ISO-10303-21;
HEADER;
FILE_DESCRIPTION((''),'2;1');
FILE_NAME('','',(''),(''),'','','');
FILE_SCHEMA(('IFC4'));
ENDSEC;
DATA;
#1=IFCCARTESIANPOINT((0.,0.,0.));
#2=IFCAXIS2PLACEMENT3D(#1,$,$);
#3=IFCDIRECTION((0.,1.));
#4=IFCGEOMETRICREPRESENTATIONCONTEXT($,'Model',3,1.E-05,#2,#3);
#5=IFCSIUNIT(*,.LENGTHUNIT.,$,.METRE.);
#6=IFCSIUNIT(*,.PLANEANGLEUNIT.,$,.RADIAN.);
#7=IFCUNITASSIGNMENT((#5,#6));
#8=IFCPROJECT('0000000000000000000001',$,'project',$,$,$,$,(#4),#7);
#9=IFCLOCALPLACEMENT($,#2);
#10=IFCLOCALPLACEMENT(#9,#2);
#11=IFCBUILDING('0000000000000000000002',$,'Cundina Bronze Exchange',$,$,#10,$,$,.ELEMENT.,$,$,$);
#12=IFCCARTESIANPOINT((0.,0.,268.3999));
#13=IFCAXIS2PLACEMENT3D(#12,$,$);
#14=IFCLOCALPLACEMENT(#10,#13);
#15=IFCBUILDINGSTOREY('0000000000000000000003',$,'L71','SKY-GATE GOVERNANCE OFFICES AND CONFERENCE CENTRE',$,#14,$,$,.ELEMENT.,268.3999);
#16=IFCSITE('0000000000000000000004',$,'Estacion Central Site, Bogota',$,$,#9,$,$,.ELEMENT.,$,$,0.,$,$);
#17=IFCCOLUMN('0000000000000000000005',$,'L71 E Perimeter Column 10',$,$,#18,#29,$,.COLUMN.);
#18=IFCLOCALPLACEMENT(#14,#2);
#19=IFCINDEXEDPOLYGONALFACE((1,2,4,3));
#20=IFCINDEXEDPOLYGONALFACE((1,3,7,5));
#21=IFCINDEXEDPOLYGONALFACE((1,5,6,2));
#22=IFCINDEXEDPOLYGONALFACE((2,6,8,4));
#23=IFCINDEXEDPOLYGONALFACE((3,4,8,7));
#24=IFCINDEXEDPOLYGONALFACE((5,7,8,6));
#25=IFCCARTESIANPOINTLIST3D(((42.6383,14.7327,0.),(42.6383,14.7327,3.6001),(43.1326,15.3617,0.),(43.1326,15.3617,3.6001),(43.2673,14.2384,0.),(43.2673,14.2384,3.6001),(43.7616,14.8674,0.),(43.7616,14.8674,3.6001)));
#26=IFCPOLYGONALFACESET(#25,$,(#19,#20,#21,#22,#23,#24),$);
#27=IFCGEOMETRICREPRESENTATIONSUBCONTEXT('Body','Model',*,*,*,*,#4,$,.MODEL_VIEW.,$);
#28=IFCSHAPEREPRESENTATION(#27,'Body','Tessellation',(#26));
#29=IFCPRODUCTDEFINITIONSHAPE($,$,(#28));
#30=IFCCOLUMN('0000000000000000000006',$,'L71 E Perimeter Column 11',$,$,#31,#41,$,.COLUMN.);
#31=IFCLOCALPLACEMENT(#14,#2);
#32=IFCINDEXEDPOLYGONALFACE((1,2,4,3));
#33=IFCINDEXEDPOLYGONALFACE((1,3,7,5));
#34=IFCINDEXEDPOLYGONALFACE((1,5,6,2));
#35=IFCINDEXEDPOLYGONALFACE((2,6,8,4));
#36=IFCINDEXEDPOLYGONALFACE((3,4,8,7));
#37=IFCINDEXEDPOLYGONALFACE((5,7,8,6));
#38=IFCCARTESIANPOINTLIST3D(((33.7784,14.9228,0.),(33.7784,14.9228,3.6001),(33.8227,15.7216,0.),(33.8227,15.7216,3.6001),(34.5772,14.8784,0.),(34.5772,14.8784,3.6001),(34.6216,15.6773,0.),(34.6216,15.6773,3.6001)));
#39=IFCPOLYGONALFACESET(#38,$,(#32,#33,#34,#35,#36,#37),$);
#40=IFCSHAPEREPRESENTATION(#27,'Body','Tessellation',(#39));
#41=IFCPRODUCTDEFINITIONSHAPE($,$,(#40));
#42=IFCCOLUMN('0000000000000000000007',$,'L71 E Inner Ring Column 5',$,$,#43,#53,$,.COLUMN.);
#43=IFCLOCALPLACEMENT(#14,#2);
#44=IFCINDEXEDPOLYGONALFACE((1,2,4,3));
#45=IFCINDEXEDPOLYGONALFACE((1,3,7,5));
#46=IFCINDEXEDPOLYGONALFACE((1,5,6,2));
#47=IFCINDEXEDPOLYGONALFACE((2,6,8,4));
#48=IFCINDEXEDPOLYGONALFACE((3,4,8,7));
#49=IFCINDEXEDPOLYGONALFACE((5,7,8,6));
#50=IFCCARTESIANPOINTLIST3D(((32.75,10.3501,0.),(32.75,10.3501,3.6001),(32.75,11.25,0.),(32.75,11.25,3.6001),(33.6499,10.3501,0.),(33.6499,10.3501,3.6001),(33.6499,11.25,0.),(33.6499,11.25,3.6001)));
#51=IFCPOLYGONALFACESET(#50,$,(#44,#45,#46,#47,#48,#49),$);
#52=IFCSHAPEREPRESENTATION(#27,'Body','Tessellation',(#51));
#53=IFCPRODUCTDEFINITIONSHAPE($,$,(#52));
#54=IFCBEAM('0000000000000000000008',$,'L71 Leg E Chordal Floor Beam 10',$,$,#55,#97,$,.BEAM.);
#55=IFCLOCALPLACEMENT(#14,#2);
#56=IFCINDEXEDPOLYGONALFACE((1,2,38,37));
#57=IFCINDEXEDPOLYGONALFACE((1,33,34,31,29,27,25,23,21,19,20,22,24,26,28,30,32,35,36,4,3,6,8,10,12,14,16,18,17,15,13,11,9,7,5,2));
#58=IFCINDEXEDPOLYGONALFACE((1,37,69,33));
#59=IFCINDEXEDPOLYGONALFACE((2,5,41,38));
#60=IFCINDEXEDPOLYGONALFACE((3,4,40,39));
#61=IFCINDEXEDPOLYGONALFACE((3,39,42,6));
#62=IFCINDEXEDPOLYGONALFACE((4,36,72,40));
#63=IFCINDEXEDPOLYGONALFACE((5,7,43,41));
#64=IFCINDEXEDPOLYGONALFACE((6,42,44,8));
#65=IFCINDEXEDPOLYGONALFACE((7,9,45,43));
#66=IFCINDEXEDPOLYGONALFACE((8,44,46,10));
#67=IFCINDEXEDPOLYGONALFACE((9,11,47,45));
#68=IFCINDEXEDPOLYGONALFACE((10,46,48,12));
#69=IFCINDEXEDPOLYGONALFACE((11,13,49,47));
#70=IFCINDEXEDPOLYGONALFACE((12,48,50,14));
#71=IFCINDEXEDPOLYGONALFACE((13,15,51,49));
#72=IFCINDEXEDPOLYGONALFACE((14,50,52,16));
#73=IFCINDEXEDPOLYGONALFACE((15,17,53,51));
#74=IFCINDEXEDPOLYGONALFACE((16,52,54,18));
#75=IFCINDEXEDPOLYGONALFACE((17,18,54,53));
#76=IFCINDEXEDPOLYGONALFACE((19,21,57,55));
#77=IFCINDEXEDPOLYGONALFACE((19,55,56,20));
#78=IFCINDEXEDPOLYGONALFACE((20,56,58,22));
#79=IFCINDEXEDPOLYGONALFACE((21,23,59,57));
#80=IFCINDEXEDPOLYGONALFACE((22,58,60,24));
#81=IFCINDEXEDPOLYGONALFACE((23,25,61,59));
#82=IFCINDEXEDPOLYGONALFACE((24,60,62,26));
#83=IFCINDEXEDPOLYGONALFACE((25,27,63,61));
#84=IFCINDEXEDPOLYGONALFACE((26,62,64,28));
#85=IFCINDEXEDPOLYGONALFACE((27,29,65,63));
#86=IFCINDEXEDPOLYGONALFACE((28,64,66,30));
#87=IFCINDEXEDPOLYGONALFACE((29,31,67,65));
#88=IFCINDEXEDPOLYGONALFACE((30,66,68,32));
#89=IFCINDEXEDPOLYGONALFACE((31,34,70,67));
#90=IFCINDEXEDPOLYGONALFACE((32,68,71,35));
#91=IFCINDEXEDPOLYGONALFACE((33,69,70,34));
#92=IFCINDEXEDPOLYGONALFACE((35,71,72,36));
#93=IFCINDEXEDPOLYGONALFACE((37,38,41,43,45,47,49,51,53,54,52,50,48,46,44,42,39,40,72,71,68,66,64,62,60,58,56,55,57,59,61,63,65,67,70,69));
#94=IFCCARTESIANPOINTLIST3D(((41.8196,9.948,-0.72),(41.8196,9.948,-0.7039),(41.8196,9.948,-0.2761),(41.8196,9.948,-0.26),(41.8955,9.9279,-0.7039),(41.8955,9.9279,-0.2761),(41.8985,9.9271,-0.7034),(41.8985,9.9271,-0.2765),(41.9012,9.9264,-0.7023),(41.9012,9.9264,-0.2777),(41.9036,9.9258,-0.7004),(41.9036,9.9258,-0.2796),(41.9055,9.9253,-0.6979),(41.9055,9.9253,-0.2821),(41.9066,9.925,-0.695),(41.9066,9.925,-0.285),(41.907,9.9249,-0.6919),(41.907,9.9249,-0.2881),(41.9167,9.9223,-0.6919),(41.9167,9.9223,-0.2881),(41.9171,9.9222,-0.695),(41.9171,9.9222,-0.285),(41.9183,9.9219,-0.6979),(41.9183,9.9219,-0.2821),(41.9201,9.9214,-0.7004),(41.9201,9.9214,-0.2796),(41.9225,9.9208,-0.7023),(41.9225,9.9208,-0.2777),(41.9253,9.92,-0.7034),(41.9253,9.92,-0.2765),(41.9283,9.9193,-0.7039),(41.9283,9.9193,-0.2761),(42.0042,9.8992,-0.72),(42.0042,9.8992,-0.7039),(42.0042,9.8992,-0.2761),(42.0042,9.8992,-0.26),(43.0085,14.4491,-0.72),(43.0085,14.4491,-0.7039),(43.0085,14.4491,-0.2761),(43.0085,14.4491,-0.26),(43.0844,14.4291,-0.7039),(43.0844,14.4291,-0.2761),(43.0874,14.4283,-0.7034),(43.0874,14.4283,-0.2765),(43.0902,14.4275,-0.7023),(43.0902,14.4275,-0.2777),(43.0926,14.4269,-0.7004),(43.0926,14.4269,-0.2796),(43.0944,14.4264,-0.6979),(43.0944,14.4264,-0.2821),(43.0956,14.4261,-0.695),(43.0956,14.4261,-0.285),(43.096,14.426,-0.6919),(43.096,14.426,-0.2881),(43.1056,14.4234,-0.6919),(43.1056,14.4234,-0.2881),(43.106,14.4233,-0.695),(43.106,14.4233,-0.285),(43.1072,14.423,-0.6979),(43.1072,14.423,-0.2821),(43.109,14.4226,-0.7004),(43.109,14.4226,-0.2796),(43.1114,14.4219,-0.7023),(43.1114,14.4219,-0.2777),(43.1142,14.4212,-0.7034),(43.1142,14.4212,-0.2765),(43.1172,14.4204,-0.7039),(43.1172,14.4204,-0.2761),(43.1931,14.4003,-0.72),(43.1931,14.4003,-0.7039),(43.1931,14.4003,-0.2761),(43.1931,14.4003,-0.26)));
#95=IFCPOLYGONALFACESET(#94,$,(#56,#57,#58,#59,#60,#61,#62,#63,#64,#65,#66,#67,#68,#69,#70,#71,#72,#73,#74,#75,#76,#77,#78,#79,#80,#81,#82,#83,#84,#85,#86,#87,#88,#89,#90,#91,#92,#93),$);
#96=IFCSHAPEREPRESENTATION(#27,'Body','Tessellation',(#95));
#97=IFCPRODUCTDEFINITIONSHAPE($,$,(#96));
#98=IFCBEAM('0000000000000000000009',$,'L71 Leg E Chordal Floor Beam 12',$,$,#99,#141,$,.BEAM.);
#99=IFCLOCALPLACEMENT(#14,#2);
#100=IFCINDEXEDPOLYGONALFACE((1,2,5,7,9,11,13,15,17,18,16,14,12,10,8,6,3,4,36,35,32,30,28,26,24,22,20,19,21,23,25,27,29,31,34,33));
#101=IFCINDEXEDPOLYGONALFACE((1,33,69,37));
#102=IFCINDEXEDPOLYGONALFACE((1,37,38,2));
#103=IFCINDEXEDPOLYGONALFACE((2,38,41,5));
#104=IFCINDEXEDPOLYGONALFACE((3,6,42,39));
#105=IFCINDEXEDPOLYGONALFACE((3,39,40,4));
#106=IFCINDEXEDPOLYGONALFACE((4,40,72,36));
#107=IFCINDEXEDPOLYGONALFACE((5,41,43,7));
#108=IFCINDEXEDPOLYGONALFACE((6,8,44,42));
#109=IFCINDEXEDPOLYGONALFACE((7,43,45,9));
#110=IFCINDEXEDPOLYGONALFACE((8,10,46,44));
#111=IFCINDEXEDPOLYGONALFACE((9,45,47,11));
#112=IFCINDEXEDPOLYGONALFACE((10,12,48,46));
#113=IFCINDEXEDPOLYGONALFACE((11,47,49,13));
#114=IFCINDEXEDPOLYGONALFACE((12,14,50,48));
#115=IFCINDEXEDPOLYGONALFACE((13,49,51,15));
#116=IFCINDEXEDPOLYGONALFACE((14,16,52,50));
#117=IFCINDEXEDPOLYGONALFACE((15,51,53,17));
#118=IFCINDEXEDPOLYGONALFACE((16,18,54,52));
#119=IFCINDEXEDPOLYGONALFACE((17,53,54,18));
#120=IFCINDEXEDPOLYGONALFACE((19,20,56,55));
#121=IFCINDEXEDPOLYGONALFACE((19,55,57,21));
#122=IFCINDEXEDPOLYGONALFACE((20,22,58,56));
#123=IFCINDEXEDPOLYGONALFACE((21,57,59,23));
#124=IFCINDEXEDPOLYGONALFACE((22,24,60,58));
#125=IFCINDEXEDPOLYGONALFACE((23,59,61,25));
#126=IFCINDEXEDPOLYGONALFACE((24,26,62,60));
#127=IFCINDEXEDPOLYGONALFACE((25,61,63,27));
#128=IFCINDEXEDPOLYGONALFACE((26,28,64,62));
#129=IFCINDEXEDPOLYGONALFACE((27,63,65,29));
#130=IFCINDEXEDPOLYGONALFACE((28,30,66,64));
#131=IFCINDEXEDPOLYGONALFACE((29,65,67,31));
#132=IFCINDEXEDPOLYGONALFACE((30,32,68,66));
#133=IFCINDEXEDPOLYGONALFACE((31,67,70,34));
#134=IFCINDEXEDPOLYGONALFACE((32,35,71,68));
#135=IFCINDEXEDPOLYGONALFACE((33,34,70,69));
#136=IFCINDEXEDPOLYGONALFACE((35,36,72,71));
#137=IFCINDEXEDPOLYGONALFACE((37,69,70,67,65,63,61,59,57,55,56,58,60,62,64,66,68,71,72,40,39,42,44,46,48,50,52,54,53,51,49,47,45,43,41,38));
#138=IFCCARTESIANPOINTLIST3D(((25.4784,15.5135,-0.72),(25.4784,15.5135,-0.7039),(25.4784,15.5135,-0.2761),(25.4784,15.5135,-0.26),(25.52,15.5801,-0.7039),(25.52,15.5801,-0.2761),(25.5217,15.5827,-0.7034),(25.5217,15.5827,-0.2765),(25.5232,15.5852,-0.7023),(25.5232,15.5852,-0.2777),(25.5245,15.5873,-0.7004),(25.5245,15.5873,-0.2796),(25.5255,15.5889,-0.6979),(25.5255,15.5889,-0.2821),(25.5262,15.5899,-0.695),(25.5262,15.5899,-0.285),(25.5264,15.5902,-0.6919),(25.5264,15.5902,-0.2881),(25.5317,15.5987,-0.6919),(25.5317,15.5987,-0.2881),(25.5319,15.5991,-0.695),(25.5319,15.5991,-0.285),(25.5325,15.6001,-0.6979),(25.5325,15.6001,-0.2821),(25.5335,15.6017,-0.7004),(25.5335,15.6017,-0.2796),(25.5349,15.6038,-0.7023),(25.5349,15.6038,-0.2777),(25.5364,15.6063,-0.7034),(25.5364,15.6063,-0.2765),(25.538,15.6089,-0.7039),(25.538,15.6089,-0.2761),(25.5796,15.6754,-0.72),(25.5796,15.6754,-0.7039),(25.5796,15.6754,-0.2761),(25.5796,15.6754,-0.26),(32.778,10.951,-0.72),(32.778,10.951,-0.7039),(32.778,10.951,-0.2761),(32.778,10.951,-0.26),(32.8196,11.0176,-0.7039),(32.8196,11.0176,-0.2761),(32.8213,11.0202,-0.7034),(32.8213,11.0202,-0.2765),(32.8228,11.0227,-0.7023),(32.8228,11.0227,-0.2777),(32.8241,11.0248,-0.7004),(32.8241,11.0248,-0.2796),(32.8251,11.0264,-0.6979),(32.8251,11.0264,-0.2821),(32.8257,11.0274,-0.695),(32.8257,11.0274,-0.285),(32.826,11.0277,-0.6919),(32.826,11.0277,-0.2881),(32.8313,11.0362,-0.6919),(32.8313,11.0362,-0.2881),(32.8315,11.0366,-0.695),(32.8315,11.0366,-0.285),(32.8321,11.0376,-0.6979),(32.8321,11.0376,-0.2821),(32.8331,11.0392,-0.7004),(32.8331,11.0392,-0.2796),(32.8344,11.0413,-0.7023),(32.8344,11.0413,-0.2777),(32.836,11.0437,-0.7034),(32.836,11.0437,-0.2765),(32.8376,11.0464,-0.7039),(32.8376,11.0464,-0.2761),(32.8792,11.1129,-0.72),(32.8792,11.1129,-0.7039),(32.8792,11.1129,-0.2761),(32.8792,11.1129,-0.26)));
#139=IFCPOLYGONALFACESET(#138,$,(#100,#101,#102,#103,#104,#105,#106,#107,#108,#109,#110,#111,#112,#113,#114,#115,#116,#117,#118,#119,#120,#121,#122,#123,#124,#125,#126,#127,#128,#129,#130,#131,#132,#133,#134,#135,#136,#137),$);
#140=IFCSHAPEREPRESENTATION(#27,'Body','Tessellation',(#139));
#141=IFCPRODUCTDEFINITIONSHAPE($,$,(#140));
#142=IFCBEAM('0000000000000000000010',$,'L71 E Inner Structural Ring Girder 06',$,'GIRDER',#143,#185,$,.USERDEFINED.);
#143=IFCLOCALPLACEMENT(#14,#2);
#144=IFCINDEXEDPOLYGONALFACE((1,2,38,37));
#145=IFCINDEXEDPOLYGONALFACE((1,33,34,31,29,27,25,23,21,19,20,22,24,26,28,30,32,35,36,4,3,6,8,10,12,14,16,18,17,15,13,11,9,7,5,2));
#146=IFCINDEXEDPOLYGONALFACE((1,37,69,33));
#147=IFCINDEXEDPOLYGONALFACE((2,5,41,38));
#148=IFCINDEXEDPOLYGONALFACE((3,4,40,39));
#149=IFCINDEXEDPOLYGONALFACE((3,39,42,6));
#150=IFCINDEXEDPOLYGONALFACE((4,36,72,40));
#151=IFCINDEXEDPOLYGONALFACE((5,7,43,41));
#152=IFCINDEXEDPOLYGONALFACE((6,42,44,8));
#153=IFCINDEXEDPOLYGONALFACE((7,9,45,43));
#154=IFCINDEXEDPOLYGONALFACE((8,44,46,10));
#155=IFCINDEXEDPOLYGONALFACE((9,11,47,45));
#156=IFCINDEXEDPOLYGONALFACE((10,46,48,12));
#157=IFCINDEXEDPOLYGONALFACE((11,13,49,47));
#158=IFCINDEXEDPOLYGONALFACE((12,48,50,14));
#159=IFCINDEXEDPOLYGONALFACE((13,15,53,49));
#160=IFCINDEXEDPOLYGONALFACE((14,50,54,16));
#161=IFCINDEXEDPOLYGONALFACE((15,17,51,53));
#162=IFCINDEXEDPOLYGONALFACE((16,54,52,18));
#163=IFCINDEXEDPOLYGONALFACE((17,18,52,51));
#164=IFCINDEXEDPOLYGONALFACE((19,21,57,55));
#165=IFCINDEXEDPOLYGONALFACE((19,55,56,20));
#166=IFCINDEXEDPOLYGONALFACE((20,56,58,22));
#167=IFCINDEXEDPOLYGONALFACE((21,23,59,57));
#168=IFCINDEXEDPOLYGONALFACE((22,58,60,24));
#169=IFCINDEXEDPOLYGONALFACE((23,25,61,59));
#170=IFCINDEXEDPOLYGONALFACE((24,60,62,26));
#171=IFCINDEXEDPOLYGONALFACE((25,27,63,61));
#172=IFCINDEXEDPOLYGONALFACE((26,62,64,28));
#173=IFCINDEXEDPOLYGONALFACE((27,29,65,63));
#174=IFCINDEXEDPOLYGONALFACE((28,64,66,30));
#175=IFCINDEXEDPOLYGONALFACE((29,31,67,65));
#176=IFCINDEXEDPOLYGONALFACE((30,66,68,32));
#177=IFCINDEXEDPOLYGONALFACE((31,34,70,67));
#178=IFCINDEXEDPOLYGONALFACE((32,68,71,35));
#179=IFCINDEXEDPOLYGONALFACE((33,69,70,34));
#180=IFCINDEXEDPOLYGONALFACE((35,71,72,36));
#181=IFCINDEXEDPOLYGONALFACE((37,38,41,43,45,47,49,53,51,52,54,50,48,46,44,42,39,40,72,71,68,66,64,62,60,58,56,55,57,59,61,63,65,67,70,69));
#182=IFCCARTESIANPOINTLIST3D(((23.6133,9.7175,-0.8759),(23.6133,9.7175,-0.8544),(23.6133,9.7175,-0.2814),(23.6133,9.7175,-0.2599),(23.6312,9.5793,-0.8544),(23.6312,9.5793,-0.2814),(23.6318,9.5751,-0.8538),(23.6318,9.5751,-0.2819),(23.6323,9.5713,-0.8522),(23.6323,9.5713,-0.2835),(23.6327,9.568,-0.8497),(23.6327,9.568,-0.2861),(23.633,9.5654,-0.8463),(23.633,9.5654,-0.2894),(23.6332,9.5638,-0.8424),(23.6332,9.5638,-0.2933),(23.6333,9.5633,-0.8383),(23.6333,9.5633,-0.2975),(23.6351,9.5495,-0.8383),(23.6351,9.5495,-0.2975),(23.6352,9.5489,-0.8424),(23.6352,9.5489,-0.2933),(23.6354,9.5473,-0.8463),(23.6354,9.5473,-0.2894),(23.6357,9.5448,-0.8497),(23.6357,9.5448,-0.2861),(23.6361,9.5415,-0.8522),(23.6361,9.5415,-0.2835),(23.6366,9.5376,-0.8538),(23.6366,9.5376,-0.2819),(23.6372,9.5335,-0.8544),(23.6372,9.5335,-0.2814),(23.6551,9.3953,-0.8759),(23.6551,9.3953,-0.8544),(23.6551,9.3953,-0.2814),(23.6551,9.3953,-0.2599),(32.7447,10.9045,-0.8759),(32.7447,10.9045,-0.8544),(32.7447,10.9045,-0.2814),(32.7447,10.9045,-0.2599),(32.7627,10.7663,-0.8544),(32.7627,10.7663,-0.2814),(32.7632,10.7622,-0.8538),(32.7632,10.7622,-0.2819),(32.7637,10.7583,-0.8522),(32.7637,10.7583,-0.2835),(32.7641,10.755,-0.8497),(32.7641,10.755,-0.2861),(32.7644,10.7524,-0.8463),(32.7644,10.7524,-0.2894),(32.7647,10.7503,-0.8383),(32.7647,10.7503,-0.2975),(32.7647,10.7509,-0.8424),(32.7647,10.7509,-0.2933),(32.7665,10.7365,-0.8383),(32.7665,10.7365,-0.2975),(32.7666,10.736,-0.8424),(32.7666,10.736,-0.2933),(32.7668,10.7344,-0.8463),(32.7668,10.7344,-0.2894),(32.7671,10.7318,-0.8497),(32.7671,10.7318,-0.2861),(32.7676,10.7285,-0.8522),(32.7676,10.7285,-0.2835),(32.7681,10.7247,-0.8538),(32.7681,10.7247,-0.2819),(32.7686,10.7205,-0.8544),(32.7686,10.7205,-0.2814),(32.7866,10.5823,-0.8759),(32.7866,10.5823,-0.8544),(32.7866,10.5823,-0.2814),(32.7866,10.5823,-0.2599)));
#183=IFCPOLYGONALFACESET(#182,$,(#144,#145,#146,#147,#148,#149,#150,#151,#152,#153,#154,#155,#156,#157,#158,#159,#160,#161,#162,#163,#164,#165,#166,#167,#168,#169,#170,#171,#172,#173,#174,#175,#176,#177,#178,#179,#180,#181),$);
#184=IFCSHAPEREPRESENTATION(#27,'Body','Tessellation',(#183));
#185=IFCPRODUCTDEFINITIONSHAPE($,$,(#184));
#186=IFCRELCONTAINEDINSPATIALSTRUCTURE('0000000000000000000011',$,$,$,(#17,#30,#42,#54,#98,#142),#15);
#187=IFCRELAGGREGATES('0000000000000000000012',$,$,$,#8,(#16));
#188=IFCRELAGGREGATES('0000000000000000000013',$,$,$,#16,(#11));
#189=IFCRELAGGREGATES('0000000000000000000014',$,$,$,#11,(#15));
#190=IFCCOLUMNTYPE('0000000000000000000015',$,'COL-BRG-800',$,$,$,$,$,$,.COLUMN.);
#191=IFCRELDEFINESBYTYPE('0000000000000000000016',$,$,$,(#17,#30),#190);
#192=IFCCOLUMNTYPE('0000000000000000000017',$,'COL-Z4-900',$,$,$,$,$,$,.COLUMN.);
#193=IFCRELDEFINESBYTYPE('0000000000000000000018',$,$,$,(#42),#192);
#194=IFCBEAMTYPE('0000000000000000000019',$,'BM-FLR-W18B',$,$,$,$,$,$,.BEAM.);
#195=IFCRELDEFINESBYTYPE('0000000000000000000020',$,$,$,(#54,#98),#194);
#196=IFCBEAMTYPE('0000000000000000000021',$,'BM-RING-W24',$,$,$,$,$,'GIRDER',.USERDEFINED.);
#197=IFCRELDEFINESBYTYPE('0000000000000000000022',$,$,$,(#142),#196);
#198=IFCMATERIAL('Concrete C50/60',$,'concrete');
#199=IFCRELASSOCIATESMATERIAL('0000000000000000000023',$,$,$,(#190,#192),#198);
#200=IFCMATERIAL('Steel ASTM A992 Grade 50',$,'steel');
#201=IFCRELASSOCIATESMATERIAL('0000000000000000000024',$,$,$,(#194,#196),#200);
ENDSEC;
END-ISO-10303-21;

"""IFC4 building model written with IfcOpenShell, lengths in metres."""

from ifc_helpers import new_model, si_unit, direction, frame, origin, origin_2d, place, context, subcontext, project, spatial, rectangle, i_section, extrude, material, material_profile, profile_set, type_object, element, save


model = new_model("IFC4")

# Units and contexts
model_context = context("Model", 3, precision=1e-05, world=origin(), true_north=direction((0.0, 1.0)))
body_context = subcontext(model_context, "Body", "Model", "MODEL_VIEW")
ifc_project = project(units=[si_unit("LENGTHUNIT", "METRE"), si_unit("PLANEANGLEUNIT", "RADIAN")], contexts=[model_context])

# Site, building, storey
site_placement = place(None, origin())
site = spatial("IfcSite", under=ifc_project, at=site_placement, Name="Estacion Central Site, Bogota", CompositionType="ELEMENT", RefElevation=0.0)
building_placement = place(site_placement, origin())
building = spatial("IfcBuilding", under=site, at=building_placement, Name="Cundina Bronze Exchange", CompositionType="ELEMENT")
storey_placement = place(building_placement, frame((0.0, 0.0, 268.3999)))
storey = spatial("IfcBuildingStorey", under=building, at=storey_placement, Name="L71", Description="SKY-GATE GOVERNANCE OFFICES AND CONFERENCE CENTRE", CompositionType="ELEMENT", Elevation=268.3999)

# Columns
ifc_material_1 = material(Name="Concrete C50/60", Category="concrete")
ifc_material_profile_1 = material_profile(ifc_material_1, rectangle(XDim=0.8, YDim=0.8, at=origin_2d()), Name="RC800X800", Category="concrete")
ifc_profile_set_1 = profile_set([ifc_material_profile_1], Name="Concrete C50/60")
column_type_1 = type_object("IfcColumnType", Name="COL-BRG-800", PredefinedType="COLUMN", material=ifc_profile_set_1)
for number, where, z_axis, x_axis, name in (
    (1, (43.2, 14.8, 0.0), (0.0, 0.0, 1.0), (-0.786288, 0.61786, 0.0), "L71 E Perimeter Column 10"),
    (2, (34.2, 15.3, 0.0), (0.0, 0.0, 1.0), (-0.99846, 0.055473, 0.0), "L71 E Perimeter Column 11"),
):
    element("IfcColumn", number, at=place(storey_placement, frame(where, z_axis=z_axis, x_axis=x_axis)), inside=storey, type_object=column_type_1, Name=name, PredefinedType="COLUMN", context=body_context, shape_type="SweptSolid", body=[
        extrude(rectangle(XDim=0.8, YDim=0.8, at=origin_2d()), origin(), (0.0, 0.0, 1.0), 3.6001),
    ])
ifc_material_profile_2 = material_profile(ifc_material_1, rectangle(XDim=0.8999, YDim=0.8999, at=origin_2d()), Name="RC900X900", Category="concrete")
ifc_profile_set_2 = profile_set([ifc_material_profile_2], Name="Concrete C50/60")
column_type_2 = type_object("IfcColumnType", Name="COL-Z4-900", PredefinedType="COLUMN", material=ifc_profile_set_2)
column_placement = place(storey_placement, frame((33.2, 10.8, 0.0), z_axis=(0.0, 0.0, 1.0), x_axis=(1.0, 0.0, 0.0)))
element("IfcColumn", 3, at=column_placement, inside=storey, type_object=column_type_2, Name="L71 E Inner Ring Column 5", PredefinedType="COLUMN", context=body_context, shape_type="SweptSolid", body=[
    extrude(rectangle(XDim=0.8999, YDim=0.8999, at=origin_2d()), origin(), (0.0, 0.0, 1.0), 3.6001),
])

# Beams
ifc_material_2 = material(Name="Steel ASTM A992 Grade 50", Category="steel")
ifc_material_profile_3 = material_profile(ifc_material_2, i_section(OverallWidth=0.1909, OverallDepth=0.46, WebThickness=0.01, FlangeThickness=0.0161, FilletRadius=0.012, at=origin_2d()), Name="W18X55", Category="steel")
ifc_profile_set_3 = profile_set([ifc_material_profile_3], Name="Steel ASTM A992 Grade 50")
beam_type_1 = type_object("IfcBeamType", Name="BM-FLR-W18B", PredefinedType="BEAM", material=ifc_profile_set_3)
beam_1_placement = place(storey_placement, frame((41.9119, 9.9236, -0.49), z_axis=(0.255384, 0.96684, 0.0), x_axis=(-0.96684, 0.255384, 0.0)))
element("IfcBeam", 4, at=beam_1_placement, inside=storey, type_object=beam_type_1, Name="L71 Leg E Chordal Floor Beam 10", PredefinedType="BEAM", context=body_context, shape_type="SweptSolid", body=[
    extrude(i_section(OverallWidth=0.1909, OverallDepth=0.46, WebThickness=0.01, FlangeThickness=0.0161, FilletRadius=0.012, at=origin_2d()), origin(), (0.0, 0.0, 1.0), 4.6555),
])
beam_2_placement = place(storey_placement, frame((32.8286, 11.032, -0.49), z_axis=(-0.847984, 0.530022, 0.0), x_axis=(-0.530022, -0.847984, 0.0)))
element("IfcBeam", 5, at=beam_2_placement, inside=storey, type_object=beam_type_1, Name="L71 Leg E Chordal Floor Beam 12", PredefinedType="BEAM", context=body_context, shape_type="SweptSolid", body=[
    extrude(i_section(OverallWidth=0.1909, OverallDepth=0.46, WebThickness=0.01, FlangeThickness=0.0161, FilletRadius=0.012, at=origin_2d()), origin(), (0.0, 0.0, 1.0), 8.6082),
])
ifc_material_profile_4 = material_profile(ifc_material_2, i_section(OverallWidth=0.325, OverallDepth=0.616, WebThickness=0.0139, FlangeThickness=0.0215, FilletRadius=0.0161, at=origin_2d()), Name="W24X117", Category="steel")
ifc_profile_set_4 = profile_set([ifc_material_profile_4], Name="Steel ASTM A992 Grade 50")
beam_type_2 = type_object("IfcBeamType", Name="BM-RING-W24", ElementType="GIRDER", PredefinedType="USERDEFINED", material=ifc_profile_set_4)
beam_3_placement = place(storey_placement, frame((32.7656, 10.7434, -0.5679), z_axis=(-0.991656, -0.128908, 0.0), x_axis=(0.128908, -0.991656, 0.0)))
element("IfcBeam", 6, at=beam_3_placement, inside=storey, type_object=beam_type_2, Name="L71 E Inner Structural Ring Girder 06", ObjectType="GIRDER", PredefinedType="USERDEFINED", context=body_context, shape_type="SweptSolid", body=[
    extrude(i_section(OverallWidth=0.325, OverallDepth=0.616, WebThickness=0.0139, FlangeThickness=0.0215, FilletRadius=0.0161, at=origin_2d()), origin(), (0.0, 0.0, 1.0), 9.2083),
])

save(model, "model.ifc")
